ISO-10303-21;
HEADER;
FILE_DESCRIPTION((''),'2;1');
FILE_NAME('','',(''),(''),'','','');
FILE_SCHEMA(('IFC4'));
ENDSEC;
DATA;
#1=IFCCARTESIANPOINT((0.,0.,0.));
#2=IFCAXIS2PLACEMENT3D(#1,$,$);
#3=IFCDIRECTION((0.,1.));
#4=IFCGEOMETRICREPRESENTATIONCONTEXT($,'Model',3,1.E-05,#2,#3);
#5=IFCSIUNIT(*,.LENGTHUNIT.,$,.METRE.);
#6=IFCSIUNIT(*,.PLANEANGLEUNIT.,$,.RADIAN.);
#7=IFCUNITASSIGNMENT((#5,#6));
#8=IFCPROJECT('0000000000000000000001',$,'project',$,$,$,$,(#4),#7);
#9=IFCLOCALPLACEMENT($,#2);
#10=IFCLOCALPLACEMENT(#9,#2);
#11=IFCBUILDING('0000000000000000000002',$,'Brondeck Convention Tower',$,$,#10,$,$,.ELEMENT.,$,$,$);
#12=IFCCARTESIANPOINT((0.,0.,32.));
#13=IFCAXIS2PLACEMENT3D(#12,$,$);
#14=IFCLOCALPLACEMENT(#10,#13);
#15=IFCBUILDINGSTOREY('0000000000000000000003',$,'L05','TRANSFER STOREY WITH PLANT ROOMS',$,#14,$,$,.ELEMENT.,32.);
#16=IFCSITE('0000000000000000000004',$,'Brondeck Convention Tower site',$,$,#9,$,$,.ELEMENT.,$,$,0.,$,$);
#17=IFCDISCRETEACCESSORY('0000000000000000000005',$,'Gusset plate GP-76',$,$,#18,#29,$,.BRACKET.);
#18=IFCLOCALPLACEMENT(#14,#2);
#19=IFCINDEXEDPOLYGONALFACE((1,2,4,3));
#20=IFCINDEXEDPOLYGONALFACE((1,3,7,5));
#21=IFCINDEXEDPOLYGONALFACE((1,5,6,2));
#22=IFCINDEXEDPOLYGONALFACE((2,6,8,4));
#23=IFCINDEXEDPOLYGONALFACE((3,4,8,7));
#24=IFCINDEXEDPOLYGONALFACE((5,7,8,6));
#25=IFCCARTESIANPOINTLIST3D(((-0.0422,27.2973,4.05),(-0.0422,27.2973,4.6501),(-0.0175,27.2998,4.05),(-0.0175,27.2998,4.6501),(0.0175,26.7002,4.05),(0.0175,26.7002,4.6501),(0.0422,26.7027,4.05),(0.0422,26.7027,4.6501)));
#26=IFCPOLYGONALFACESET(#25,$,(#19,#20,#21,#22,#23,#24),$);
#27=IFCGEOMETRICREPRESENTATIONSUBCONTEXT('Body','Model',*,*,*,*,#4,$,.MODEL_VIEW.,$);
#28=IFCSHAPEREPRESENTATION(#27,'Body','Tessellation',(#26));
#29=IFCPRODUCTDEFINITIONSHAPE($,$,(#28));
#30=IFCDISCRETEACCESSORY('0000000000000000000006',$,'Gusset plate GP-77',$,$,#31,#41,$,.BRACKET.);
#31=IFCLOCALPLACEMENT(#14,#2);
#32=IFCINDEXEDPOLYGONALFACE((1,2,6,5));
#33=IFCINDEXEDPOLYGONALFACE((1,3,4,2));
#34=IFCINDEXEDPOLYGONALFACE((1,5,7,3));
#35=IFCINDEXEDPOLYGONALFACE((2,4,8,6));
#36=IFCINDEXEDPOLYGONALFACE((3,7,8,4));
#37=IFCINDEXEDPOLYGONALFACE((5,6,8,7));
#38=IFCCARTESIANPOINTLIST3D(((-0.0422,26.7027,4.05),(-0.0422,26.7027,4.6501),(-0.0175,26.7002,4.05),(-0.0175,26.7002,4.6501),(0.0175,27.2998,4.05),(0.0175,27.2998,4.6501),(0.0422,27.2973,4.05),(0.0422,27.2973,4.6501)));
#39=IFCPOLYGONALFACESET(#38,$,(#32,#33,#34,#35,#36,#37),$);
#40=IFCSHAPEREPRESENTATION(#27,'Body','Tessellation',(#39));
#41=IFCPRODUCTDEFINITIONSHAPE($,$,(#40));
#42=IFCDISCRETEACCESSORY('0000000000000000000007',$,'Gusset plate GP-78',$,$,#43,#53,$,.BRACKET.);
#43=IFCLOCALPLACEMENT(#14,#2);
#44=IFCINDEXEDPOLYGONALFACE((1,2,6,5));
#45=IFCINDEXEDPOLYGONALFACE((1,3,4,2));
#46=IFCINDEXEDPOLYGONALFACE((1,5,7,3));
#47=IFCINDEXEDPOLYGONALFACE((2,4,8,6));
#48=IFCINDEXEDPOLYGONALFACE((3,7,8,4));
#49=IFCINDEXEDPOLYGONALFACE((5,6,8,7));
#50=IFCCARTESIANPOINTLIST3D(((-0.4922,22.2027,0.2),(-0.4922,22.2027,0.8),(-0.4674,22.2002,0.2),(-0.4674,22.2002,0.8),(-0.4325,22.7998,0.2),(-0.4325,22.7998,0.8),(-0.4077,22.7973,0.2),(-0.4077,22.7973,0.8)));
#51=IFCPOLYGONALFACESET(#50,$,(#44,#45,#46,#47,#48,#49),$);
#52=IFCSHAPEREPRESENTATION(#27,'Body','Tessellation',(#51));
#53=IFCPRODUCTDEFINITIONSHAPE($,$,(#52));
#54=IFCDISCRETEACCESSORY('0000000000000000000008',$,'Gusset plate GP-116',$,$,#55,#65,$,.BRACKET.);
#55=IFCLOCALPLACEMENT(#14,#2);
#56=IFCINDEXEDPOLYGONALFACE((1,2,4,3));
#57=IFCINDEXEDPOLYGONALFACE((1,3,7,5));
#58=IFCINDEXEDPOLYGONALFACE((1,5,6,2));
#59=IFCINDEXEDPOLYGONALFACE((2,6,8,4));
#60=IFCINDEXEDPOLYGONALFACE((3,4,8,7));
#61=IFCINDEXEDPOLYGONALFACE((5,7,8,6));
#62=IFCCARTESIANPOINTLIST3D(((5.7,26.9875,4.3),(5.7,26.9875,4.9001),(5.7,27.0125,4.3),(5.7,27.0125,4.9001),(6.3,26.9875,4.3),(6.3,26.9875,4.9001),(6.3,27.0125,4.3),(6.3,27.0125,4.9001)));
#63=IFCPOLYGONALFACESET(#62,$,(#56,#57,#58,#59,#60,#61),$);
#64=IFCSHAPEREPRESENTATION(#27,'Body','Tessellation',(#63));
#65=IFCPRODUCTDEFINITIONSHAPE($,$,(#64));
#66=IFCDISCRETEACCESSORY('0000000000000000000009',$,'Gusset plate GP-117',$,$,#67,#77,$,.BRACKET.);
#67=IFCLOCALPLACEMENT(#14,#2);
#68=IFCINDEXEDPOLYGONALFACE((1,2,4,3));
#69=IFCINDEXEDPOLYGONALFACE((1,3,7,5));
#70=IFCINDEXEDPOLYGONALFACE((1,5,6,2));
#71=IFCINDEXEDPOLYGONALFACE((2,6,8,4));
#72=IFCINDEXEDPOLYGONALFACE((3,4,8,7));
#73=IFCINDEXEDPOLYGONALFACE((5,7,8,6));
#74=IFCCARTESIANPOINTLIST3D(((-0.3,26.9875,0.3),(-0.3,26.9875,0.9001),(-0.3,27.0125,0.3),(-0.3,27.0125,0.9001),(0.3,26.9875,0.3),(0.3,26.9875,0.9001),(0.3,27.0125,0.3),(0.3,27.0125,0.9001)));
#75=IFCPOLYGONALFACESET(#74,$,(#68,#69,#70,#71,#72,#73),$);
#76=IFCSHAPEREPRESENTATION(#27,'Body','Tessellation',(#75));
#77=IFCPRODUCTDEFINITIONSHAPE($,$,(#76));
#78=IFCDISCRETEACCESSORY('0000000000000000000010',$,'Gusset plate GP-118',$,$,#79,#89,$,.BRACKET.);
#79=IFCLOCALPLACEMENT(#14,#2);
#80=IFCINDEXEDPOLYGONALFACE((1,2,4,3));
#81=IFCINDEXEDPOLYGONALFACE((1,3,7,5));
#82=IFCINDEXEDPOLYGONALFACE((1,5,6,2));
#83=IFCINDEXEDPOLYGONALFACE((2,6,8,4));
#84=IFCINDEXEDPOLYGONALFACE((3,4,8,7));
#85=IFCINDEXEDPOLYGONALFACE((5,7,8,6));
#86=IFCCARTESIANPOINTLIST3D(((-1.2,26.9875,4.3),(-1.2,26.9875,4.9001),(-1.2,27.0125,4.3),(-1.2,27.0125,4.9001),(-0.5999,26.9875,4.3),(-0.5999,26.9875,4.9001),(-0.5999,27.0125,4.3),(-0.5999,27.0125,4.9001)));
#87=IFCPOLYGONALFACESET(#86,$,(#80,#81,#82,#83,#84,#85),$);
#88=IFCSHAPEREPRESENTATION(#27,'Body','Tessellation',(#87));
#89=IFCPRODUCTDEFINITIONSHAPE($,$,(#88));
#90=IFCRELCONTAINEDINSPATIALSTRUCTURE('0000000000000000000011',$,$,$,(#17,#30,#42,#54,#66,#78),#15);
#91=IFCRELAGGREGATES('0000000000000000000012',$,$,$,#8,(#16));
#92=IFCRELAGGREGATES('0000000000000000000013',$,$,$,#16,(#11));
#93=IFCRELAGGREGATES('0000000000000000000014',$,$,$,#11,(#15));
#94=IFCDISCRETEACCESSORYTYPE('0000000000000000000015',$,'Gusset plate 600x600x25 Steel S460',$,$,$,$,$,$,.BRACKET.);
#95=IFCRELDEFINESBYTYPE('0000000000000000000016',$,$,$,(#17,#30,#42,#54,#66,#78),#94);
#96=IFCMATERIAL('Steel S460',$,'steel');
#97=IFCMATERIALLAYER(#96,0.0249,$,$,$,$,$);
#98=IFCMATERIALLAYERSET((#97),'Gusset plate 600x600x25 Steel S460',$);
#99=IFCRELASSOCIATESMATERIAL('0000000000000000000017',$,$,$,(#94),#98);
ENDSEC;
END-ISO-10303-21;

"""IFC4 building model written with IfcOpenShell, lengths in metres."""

from ifc_helpers import new_model, si_unit, direction, frame, origin, origin_2d, place, context, subcontext, project, spatial, rectangle, extrude, material, layer, layer_set, type_object, element, save


model = new_model("IFC4")

# Units and contexts
model_context = context("Model", 3, precision=1e-05, world=origin(), true_north=direction((0.0, 1.0)))
body_context = subcontext(model_context, "Body", "Model", "MODEL_VIEW")
ifc_project = project(units=[si_unit("LENGTHUNIT", "METRE"), si_unit("PLANEANGLEUNIT", "RADIAN")], contexts=[model_context])

# Site, building, storey
site_placement = place(None, origin())
site = spatial("IfcSite", under=ifc_project, at=site_placement, Name="Brondeck Convention Tower site", CompositionType="ELEMENT", RefElevation=0.0)
building_placement = place(site_placement, origin())
building = spatial("IfcBuilding", under=site, at=building_placement, Name="Brondeck Convention Tower", CompositionType="ELEMENT")
storey_placement = place(building_placement, frame((0.0, 0.0, 32.0)))
storey = spatial("IfcBuildingStorey", under=building, at=storey_placement, Name="L05", Description="TRANSFER STOREY WITH PLANT ROOMS", CompositionType="ELEMENT", Elevation=32.0)

# Shared definitions
ifc_material_1 = material(Name="Steel S460", Category="steel")

# Discrete accessories
ifc_layer_1 = layer(ifc_material_1, 0.0249)
ifc_layer_set_1 = layer_set([ifc_layer_1], Name="Gusset plate 600x600x25 Steel S460")
discrete_accessory_type_1 = type_object("IfcDiscreteAccessoryType", Name="Gusset plate 600x600x25 Steel S460", PredefinedType="BRACKET", material=ifc_layer_set_1)
for number, where, z_axis, x_axis, name in (
    (1, (0.0, 27.0, 4.05), (0.0, 0.0, 1.0), (-0.099511, 0.995036, 0.0), "Gusset plate GP-76"),
    (2, (0.0, 27.0, 4.05), (0.0, 0.0, 1.0), (0.099511, 0.995036, 0.0), "Gusset plate GP-77"),
    (3, (-0.45, 22.5, 0.2), (0.0, 0.0, 1.0), (0.099511, 0.995036, 0.0), "Gusset plate GP-78"),
    (4, (6.0, 27.0, 4.3), (0.0, 0.0, 1.0), (1.0, 0.0, 0.0), "Gusset plate GP-116"),
    (5, (0.0, 27.0, 0.3), (0.0, 0.0, 1.0), (1.0, 0.0, 0.0), "Gusset plate GP-117"),
    (6, (-0.8999, 27.0, 4.3), (0.0, 0.0, 1.0), (1.0, 0.0, 0.0), "Gusset plate GP-118"),
):
    element("IfcDiscreteAccessory", number, at=place(storey_placement, frame(where, z_axis=z_axis, x_axis=x_axis)), inside=storey, type_object=discrete_accessory_type_1, Name=name, PredefinedType="BRACKET", context=body_context, shape_type="SweptSolid", body=[
        extrude(rectangle(XDim=0.6001, YDim=0.0249, at=origin_2d()), origin(), (0.0, 0.0, 1.0), 0.6001),
    ])

save(model, "model.ifc")
